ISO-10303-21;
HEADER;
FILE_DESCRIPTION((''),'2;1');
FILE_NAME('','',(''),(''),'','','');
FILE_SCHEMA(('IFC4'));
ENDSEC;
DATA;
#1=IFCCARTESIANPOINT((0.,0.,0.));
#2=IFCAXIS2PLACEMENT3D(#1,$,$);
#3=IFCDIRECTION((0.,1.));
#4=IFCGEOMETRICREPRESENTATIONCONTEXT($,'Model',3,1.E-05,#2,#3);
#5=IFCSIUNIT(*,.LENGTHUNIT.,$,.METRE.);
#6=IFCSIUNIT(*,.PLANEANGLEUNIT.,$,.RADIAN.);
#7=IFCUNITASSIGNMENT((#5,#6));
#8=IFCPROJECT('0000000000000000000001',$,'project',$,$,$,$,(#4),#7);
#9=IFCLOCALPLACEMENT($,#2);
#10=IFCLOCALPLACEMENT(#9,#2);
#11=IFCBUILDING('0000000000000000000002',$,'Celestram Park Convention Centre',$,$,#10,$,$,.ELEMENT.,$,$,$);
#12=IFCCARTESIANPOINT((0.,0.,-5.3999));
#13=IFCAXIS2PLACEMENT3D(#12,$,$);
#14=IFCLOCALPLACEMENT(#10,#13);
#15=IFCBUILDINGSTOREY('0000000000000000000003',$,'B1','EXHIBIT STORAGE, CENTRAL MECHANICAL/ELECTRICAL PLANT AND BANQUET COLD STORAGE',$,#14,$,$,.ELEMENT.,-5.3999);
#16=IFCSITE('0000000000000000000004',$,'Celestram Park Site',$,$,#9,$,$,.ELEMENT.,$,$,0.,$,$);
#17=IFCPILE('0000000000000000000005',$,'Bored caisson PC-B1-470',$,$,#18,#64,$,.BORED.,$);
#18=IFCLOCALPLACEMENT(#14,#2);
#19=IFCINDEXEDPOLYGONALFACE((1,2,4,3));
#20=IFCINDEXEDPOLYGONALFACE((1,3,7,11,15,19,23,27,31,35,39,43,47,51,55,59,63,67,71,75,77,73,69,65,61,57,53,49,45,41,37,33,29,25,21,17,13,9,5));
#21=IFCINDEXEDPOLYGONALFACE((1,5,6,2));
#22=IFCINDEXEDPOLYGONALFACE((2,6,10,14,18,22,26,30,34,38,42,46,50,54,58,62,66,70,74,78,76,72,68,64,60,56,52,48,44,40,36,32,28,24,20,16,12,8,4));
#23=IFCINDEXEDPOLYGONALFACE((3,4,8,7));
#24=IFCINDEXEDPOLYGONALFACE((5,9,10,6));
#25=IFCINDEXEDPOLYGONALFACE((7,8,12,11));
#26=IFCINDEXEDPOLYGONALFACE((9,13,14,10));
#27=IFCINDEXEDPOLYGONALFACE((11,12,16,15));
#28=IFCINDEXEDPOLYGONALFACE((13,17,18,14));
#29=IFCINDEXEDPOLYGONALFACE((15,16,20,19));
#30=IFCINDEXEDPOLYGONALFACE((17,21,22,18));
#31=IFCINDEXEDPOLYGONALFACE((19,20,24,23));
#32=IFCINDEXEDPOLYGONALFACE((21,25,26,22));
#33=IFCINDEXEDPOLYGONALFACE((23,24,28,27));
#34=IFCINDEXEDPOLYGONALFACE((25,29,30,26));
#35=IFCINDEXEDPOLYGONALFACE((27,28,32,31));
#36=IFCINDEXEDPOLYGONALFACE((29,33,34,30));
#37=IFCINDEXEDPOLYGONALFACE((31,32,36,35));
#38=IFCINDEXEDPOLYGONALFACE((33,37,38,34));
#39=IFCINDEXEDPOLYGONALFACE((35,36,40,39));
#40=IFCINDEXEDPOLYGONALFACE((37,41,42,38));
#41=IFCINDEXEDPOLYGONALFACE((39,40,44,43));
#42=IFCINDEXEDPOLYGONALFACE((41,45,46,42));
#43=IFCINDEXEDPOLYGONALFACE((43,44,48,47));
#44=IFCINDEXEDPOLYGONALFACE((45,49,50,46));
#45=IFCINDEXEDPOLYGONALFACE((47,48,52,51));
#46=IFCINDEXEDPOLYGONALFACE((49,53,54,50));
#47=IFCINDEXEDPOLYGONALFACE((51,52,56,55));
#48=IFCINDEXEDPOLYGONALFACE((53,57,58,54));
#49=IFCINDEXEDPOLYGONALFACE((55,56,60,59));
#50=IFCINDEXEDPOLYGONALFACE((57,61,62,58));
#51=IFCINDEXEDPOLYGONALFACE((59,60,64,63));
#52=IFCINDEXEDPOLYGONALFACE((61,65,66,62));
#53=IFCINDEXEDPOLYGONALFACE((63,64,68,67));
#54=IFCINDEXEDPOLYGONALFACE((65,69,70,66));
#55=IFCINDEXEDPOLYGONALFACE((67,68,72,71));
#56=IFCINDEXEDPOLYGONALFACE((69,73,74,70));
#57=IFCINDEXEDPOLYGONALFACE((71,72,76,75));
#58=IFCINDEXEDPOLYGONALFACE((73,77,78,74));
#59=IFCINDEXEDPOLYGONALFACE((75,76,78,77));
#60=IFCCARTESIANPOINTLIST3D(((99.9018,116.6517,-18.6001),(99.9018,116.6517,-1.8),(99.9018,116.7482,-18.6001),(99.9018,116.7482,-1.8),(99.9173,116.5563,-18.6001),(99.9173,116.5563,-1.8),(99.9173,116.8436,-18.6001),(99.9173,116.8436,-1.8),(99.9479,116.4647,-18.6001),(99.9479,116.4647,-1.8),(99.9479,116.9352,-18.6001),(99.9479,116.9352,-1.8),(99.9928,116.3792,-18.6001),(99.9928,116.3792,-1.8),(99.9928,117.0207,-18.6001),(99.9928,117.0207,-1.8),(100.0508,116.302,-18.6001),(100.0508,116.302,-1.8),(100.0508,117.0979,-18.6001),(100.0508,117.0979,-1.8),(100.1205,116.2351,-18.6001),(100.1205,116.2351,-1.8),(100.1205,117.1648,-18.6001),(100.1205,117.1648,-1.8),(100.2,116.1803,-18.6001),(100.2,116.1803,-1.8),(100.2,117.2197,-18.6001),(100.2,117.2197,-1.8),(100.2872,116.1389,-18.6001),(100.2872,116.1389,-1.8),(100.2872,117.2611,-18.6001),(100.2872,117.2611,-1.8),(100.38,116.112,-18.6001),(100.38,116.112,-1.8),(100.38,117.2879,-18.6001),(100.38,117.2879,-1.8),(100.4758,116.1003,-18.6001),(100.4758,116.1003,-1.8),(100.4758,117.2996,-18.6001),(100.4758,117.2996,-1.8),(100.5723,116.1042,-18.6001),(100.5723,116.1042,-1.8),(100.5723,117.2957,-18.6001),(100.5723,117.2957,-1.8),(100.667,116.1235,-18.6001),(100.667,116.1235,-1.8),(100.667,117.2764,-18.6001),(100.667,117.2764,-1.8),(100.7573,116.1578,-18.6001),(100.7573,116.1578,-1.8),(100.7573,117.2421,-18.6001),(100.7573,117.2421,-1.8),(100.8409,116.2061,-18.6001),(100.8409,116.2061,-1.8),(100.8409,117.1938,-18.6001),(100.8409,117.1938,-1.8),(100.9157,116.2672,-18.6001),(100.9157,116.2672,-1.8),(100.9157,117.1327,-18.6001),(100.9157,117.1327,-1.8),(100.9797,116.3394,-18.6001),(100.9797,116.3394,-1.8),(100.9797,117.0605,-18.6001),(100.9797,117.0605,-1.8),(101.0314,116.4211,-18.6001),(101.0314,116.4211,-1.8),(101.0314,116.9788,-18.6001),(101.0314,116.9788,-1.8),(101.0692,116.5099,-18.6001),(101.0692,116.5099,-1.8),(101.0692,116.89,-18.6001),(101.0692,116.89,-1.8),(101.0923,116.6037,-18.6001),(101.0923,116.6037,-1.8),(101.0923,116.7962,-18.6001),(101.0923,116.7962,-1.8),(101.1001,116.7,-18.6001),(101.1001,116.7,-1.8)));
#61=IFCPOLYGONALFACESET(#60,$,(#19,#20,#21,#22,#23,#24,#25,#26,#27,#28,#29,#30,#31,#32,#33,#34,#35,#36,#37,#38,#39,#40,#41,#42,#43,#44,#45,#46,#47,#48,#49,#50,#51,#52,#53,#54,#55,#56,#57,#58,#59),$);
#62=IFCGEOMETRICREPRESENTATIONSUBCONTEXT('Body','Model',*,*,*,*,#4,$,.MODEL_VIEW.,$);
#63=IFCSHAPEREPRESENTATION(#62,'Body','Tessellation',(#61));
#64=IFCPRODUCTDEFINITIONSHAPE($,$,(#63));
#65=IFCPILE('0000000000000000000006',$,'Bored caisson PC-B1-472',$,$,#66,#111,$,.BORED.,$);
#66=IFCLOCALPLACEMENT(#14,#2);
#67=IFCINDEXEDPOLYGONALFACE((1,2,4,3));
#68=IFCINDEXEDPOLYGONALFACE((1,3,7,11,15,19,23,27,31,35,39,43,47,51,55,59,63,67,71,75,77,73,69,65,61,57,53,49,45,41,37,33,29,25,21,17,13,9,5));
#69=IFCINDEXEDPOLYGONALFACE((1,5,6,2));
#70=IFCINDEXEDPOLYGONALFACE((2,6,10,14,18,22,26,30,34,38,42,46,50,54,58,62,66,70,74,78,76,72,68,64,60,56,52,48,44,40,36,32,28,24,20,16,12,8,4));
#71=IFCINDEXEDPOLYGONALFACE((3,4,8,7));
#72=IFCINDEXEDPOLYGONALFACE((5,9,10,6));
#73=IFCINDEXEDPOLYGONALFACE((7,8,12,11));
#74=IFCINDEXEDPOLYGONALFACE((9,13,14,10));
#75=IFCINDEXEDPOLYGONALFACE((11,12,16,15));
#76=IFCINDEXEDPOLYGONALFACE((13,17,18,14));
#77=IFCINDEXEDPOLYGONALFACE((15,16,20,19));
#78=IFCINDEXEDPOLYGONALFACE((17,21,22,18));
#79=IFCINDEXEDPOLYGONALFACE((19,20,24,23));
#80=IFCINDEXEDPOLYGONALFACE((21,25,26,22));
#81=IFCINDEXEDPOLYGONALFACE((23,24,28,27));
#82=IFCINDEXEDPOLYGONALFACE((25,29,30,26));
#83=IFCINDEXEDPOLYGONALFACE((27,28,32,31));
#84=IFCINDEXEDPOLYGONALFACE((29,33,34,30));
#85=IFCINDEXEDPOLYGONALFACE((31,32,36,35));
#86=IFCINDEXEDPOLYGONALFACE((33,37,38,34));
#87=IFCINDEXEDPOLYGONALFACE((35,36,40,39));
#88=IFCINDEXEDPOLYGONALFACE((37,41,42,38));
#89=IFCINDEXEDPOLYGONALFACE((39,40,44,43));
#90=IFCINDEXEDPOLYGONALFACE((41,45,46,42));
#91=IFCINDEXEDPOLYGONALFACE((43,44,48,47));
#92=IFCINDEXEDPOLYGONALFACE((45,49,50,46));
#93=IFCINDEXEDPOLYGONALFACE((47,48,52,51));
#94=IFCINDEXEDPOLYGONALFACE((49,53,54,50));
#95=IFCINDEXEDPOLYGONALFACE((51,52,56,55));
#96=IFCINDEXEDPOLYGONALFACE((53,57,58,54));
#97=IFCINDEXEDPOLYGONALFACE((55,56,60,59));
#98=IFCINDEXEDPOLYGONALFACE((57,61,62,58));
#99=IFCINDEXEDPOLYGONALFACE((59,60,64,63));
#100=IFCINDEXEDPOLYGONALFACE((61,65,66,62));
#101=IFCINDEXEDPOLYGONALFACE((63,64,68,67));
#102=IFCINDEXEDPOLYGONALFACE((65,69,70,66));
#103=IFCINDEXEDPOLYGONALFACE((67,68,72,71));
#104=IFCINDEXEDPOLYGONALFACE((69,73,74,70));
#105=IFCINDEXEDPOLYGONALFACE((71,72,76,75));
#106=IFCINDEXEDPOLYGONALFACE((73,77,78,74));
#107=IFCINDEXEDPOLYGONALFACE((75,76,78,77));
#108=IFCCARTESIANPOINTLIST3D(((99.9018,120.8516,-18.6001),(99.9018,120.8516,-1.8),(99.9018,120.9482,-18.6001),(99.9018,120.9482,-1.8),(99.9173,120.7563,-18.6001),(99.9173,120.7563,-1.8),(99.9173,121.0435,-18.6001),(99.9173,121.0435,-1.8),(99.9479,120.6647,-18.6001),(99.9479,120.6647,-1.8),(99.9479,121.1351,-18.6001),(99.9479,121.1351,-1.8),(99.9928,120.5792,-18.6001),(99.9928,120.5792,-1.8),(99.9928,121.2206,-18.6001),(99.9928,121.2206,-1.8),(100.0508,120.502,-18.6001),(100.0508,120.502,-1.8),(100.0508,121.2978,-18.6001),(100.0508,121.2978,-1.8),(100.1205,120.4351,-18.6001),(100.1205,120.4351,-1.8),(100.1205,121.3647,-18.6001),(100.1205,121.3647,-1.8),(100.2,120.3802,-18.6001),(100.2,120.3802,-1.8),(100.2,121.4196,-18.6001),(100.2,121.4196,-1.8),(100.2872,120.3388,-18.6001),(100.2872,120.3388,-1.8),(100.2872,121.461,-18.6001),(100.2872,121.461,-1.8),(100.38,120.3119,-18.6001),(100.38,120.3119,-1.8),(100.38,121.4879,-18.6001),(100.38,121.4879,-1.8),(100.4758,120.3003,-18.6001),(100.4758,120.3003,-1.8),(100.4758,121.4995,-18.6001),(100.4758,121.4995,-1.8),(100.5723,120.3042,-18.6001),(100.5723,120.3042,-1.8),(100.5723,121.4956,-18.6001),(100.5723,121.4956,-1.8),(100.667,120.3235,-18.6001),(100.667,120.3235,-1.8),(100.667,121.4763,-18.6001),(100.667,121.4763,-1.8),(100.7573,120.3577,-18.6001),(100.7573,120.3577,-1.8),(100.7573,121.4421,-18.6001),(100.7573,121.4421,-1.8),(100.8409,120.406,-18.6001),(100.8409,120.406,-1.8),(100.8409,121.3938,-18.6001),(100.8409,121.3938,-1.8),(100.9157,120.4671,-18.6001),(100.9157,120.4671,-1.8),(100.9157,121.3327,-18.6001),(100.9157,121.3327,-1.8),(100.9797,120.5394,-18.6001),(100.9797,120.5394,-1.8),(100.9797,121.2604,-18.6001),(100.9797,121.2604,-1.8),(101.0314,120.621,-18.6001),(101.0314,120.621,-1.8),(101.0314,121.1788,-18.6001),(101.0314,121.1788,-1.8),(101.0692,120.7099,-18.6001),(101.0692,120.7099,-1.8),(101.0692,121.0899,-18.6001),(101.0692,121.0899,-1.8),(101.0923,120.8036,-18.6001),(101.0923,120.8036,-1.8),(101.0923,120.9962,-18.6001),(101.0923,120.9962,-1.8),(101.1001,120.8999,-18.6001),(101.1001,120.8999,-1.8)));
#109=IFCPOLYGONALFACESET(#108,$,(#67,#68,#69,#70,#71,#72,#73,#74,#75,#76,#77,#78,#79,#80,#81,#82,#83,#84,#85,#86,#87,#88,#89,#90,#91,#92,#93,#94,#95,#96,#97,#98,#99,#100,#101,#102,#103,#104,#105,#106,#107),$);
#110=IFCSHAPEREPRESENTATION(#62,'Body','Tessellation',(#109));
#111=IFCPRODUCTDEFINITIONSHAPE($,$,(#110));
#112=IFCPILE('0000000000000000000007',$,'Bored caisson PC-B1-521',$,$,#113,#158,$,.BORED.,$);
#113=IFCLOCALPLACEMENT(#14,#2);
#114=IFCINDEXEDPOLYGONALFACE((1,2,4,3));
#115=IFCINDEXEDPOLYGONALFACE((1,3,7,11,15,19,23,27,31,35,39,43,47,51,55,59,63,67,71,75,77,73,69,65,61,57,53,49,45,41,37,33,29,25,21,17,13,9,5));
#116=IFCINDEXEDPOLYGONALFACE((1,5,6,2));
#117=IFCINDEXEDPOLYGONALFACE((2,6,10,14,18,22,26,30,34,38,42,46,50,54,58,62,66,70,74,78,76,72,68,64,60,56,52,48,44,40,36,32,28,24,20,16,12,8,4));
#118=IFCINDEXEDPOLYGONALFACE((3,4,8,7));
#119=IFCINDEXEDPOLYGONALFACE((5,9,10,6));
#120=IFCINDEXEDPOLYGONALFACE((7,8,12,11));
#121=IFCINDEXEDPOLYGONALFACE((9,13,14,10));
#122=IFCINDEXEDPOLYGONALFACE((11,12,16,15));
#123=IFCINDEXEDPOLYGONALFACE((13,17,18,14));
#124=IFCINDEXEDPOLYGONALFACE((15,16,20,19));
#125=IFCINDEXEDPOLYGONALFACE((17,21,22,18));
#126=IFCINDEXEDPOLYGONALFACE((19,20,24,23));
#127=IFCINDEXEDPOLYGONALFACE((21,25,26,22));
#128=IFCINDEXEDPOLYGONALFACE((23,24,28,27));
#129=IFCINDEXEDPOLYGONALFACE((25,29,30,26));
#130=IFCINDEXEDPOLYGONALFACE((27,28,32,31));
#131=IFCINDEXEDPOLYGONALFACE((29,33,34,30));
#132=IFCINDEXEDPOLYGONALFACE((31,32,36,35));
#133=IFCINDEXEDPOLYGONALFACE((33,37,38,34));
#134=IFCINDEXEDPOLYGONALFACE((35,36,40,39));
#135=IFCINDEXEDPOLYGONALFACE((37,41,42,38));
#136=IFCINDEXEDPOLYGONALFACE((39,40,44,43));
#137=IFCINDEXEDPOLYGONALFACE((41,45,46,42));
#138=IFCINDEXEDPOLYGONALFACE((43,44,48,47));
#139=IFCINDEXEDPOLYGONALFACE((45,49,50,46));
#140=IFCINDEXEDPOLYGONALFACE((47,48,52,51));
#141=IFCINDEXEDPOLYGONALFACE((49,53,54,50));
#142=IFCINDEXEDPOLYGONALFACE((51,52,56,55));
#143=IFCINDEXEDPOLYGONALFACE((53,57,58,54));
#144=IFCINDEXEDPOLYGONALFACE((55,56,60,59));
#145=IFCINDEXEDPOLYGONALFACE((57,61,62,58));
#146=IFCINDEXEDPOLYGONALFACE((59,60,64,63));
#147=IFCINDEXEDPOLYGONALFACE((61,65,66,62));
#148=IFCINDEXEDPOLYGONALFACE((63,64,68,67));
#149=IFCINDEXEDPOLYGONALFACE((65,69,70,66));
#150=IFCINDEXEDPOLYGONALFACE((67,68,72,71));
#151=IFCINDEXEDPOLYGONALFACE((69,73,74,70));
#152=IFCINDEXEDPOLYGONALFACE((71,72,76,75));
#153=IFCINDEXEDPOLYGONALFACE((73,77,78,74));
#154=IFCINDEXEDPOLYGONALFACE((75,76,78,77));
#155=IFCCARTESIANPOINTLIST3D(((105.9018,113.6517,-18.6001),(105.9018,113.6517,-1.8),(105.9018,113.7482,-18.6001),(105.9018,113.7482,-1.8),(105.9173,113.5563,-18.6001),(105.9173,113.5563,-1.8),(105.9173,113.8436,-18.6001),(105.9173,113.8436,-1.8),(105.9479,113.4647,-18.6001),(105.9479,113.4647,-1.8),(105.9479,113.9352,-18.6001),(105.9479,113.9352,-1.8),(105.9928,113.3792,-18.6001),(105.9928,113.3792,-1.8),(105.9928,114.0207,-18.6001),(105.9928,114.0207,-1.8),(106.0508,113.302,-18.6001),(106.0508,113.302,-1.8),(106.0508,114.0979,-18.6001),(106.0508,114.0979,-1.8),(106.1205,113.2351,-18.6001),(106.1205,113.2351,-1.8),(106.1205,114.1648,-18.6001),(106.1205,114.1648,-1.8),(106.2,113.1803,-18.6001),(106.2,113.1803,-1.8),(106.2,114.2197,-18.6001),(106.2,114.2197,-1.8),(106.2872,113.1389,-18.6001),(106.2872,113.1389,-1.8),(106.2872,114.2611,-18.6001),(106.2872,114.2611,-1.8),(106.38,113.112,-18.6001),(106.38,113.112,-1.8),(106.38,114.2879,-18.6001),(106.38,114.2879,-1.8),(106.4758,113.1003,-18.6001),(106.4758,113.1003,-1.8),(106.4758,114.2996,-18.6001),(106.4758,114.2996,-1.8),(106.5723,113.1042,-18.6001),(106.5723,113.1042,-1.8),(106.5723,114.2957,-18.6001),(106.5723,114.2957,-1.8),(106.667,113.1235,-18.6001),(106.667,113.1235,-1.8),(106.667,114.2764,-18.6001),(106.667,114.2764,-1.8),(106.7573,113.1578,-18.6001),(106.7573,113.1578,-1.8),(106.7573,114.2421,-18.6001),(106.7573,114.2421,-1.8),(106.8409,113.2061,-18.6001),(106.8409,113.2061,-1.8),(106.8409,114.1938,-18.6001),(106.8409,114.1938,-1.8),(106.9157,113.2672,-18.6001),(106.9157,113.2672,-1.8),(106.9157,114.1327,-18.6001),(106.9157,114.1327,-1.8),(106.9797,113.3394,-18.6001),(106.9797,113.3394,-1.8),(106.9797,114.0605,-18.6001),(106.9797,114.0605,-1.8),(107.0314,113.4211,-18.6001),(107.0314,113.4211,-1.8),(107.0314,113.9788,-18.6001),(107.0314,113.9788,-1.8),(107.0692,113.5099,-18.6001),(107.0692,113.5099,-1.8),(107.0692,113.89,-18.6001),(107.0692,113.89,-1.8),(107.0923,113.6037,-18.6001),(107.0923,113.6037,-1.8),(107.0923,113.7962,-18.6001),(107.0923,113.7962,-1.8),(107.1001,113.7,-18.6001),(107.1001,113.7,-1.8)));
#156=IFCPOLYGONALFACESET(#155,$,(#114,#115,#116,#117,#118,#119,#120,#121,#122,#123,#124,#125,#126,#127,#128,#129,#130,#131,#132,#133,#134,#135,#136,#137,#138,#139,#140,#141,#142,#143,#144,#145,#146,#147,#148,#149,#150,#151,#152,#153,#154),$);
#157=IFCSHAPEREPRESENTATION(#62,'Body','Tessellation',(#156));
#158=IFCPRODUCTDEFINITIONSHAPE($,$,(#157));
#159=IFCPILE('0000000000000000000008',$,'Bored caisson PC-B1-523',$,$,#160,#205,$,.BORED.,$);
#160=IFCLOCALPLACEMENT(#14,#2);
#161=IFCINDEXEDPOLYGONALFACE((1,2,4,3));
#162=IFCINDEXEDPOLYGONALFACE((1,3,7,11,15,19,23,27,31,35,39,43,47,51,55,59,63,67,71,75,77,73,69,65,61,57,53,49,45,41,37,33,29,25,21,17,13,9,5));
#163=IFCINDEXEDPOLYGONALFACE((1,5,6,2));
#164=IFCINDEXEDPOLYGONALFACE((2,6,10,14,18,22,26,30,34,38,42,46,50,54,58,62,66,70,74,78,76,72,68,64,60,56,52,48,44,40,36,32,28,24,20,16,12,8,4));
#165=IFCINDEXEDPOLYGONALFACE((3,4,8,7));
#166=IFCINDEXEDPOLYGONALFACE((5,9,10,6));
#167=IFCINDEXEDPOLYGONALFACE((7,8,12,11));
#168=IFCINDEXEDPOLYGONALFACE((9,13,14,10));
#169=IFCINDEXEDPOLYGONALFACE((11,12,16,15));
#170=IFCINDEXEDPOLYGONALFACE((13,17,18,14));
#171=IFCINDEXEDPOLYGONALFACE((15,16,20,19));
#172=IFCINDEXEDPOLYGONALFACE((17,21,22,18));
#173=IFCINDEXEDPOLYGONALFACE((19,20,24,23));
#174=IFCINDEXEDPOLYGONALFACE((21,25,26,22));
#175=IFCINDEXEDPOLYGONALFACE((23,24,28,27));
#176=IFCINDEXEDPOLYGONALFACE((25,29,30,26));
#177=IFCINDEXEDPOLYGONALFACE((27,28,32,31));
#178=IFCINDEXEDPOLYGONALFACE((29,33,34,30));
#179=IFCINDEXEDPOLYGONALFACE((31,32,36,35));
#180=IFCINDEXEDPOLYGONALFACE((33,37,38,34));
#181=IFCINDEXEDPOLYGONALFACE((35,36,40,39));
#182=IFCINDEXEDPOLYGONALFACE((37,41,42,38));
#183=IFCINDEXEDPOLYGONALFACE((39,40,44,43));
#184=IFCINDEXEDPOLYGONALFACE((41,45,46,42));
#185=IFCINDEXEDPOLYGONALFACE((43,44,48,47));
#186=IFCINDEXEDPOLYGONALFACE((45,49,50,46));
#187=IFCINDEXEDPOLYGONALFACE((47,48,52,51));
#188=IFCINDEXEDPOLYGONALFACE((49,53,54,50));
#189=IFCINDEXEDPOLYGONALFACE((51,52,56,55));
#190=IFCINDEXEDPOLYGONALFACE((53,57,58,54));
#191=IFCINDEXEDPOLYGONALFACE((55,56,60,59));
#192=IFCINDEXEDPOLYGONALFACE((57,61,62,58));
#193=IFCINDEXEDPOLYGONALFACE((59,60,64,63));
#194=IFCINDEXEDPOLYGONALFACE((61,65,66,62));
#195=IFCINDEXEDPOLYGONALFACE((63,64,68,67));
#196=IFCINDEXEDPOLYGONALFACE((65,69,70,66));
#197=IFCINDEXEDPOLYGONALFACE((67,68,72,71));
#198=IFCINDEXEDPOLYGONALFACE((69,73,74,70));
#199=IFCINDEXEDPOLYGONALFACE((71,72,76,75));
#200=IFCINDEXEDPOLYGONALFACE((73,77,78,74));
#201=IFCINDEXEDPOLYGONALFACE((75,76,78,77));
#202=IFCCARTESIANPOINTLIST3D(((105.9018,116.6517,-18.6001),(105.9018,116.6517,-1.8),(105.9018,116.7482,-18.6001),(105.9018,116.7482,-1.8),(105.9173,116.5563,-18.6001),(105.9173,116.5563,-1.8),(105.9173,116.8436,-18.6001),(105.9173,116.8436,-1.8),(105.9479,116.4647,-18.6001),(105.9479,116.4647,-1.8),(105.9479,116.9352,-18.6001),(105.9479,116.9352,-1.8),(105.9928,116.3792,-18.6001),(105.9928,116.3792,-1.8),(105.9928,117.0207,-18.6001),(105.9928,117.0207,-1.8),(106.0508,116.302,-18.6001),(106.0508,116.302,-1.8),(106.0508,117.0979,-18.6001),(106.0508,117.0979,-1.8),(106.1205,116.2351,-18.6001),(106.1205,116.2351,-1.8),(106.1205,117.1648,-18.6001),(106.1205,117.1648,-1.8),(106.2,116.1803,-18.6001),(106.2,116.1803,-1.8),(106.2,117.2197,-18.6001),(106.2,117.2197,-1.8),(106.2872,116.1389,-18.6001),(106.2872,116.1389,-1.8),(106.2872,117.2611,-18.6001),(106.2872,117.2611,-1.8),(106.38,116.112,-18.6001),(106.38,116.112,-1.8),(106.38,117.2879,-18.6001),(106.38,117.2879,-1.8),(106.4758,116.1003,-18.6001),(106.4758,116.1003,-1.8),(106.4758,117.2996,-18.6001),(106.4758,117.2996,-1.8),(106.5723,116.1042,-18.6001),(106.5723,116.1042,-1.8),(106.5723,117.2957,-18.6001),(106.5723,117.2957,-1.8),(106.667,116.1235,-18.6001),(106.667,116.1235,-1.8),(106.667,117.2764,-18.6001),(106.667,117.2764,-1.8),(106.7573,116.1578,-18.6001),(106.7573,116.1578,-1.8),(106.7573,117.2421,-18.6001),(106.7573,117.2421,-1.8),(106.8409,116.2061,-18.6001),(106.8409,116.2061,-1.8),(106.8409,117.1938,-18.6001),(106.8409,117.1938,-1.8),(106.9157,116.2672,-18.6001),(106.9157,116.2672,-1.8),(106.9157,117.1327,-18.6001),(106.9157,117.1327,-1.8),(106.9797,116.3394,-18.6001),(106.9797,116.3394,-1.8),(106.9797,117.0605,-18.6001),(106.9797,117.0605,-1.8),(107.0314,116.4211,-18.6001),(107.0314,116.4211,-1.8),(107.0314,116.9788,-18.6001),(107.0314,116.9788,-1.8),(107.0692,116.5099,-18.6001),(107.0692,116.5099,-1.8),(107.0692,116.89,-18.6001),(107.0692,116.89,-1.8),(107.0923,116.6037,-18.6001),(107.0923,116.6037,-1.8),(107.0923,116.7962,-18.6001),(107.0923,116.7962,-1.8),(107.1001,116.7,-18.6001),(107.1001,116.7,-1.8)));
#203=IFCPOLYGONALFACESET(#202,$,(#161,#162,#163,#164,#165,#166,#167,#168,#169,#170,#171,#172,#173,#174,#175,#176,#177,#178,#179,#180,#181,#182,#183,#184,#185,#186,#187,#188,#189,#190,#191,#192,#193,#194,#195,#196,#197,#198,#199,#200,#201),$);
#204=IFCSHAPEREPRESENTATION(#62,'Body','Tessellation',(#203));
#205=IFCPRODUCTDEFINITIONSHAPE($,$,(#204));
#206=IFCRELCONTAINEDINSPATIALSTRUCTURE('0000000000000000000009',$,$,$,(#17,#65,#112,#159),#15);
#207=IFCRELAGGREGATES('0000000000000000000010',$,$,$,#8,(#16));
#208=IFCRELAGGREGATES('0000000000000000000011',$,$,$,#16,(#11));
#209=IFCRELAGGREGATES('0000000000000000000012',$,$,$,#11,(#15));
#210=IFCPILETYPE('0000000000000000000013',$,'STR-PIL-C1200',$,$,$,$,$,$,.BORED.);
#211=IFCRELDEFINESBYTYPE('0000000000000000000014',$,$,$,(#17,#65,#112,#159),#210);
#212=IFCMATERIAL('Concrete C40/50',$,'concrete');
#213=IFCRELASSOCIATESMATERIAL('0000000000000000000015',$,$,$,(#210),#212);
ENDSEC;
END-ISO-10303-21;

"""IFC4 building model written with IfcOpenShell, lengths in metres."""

from ifc_helpers import new_model, si_unit, direction, frame, origin, origin_2d, place, context, subcontext, project, spatial, circle, extrude, material, material_profile, profile_set, type_object, element, save


model = new_model("IFC4")

# Units and contexts
model_context = context("Model", 3, precision=1e-05, world=origin(), true_north=direction((0.0, 1.0)))
body_context = subcontext(model_context, "Body", "Model", "MODEL_VIEW")
ifc_project = project(units=[si_unit("LENGTHUNIT", "METRE"), si_unit("PLANEANGLEUNIT", "RADIAN")], contexts=[model_context])

# Site, building, storey
site_placement = place(None, origin())
site = spatial("IfcSite", under=ifc_project, at=site_placement, Name="Celestram Park Site", CompositionType="ELEMENT", RefElevation=0.0)
building_placement = place(site_placement, origin())
building = spatial("IfcBuilding", under=site, at=building_placement, Name="Celestram Park Convention Centre", CompositionType="ELEMENT")
storey_placement = place(building_placement, frame((0.0, 0.0, -5.3999)))
storey = spatial("IfcBuildingStorey", under=building, at=storey_placement, Name="B1", Description="EXHIBIT STORAGE, CENTRAL MECHANICAL/ELECTRICAL PLANT AND BANQUET COLD STORAGE", CompositionType="ELEMENT", Elevation=-5.3999)

# Shared definitions
ifc_material_1 = material(Name="Concrete C40/50", Category="concrete")

# Piles
ifc_material_profile_1 = material_profile(ifc_material_1, circle(Radius=0.6001, at=origin_2d()), Name="CAISSON1200")
ifc_profile_set_1 = profile_set([ifc_material_profile_1], Name="Concrete C40/50")
pile_type_1 = type_object("IfcPileType", Name="STR-PIL-C1200", PredefinedType="BORED", material=ifc_profile_set_1)
for number, where, z_axis, x_axis, name in (
    (1, (100.5, 116.7, -1.8), (0.0, 0.0, -1.0), (1.0, 0.0, 0.0), "Bored caisson PC-B1-470"),
    (2, (100.5, 120.8999, -1.8), (0.0, 0.0, -1.0), (1.0, 0.0, 0.0), "Bored caisson PC-B1-472"),
    (3, (106.5, 113.7, -1.8), (0.0, 0.0, -1.0), (1.0, 0.0, 0.0), "Bored caisson PC-B1-521"),
    (4, (106.5, 116.7, -1.8), (0.0, 0.0, -1.0), (1.0, 0.0, 0.0), "Bored caisson PC-B1-523"),
):
    element("IfcPile", number, at=place(storey_placement, frame(where, z_axis=z_axis, x_axis=x_axis)), inside=storey, type_object=pile_type_1, Name=name, PredefinedType="BORED", context=body_context, shape_type="SweptSolid", body=[
        extrude(circle(Radius=0.6001, at=origin_2d()), origin(), (0.0, 0.0, 1.0), 16.8),
    ])

save(model, "model.ifc")
